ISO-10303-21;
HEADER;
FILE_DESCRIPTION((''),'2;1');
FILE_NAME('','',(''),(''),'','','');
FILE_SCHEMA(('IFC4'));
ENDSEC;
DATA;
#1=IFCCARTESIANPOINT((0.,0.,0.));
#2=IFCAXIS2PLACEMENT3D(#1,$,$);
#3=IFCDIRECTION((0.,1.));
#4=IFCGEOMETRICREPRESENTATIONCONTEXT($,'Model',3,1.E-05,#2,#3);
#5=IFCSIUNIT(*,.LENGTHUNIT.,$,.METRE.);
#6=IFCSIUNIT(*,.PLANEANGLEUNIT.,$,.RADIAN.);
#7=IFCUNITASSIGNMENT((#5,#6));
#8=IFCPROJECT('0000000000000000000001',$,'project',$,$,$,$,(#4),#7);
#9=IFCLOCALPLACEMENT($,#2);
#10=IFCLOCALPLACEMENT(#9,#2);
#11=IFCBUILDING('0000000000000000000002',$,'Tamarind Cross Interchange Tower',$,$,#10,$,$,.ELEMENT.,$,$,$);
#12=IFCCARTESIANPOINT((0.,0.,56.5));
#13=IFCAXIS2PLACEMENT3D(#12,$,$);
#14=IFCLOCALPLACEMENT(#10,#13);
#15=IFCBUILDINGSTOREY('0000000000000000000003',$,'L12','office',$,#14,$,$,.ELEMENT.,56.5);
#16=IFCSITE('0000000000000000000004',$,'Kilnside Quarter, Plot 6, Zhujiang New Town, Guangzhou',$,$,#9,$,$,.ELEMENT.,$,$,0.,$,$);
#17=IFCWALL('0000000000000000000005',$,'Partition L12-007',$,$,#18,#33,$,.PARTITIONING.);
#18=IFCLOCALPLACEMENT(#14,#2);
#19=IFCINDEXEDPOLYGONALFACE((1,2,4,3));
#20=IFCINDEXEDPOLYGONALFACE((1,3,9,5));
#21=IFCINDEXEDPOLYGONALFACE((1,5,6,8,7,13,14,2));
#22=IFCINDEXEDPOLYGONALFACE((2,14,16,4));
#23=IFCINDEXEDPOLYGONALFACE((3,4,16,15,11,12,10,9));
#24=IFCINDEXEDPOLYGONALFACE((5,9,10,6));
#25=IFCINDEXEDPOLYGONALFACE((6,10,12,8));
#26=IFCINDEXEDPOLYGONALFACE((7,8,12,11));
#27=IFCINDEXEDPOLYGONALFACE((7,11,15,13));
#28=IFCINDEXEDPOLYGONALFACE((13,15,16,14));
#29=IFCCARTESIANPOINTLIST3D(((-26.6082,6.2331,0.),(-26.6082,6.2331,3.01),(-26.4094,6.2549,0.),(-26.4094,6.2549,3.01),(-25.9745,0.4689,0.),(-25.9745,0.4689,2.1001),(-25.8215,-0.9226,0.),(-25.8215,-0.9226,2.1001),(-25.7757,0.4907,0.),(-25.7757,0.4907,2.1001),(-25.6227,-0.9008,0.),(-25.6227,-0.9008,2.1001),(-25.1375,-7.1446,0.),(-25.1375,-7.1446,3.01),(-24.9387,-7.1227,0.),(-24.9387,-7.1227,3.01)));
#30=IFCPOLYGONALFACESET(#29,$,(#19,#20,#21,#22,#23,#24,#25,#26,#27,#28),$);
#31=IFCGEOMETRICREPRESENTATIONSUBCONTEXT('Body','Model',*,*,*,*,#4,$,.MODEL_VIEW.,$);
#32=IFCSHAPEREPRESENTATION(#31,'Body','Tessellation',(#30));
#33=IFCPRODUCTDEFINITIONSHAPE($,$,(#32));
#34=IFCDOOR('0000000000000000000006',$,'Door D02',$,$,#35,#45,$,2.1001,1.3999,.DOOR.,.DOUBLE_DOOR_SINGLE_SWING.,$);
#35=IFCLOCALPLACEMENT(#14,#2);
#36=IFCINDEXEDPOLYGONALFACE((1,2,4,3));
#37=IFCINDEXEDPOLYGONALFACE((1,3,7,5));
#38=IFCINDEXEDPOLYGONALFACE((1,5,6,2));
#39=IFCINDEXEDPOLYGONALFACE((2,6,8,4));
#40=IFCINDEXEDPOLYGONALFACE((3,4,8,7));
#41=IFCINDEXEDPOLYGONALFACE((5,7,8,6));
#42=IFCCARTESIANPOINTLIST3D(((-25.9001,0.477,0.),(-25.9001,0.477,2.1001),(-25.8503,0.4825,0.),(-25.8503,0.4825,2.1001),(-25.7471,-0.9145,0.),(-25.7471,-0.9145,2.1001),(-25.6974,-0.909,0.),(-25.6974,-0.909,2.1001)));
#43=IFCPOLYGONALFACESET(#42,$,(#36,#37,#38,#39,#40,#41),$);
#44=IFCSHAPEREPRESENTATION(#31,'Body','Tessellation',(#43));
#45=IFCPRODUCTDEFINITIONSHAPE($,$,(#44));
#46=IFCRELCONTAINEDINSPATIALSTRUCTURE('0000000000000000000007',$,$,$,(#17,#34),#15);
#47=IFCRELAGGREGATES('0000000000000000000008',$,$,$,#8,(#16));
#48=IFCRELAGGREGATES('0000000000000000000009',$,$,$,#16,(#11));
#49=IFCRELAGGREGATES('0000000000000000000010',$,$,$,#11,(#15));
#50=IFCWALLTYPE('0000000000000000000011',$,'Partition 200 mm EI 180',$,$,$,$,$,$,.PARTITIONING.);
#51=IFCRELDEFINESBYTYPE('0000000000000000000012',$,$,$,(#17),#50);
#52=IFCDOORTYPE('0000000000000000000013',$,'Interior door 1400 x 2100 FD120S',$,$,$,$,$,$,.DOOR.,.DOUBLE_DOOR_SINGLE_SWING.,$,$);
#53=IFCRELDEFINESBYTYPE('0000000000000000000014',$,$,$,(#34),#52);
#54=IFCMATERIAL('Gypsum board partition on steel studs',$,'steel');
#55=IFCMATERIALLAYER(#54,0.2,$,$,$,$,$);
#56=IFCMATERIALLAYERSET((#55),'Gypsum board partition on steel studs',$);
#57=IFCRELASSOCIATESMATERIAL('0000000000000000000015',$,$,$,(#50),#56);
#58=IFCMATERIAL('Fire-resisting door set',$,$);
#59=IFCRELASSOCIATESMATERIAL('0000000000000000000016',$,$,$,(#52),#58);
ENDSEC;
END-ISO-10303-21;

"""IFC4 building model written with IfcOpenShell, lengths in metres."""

from ifc_helpers import new_model, si_unit, direction, frame, frame_2d, origin, place, context, subcontext, project, spatial, rectangle, extrude, material, layer, layer_set, type_object, element, fill, save


model = new_model("IFC4")

# Units and contexts
model_context = context("Model", 3, precision=1e-05, world=origin(), true_north=direction((0.0, 1.0)))
body_context = subcontext(model_context, "Body", "Model", "MODEL_VIEW")
ifc_project = project(units=[si_unit("LENGTHUNIT", "METRE"), si_unit("PLANEANGLEUNIT", "RADIAN")], contexts=[model_context])

# Site, building, storey
site_placement = place(None, origin())
site = spatial("IfcSite", under=ifc_project, at=site_placement, Name="Kilnside Quarter, Plot 6, Zhujiang New Town, Guangzhou", CompositionType="ELEMENT", RefElevation=0.0)
building_placement = place(site_placement, origin())
building = spatial("IfcBuilding", under=site, at=building_placement, Name="Tamarind Cross Interchange Tower", CompositionType="ELEMENT")
storey_placement = place(building_placement, frame((0.0, 0.0, 56.5)))
storey = spatial("IfcBuildingStorey", under=building, at=storey_placement, Name="L12", Description="office", CompositionType="ELEMENT", Elevation=56.5)

# Shared definitions
ifc_material_1 = material(Name="Gypsum board partition on steel studs", Category="steel")

# Shared definitions
ifc_material_2 = material(Name="Fire-resisting door set")

# Wall, opening, door
ifc_layer_1 = layer(ifc_material_1, 0.2)
ifc_layer_set_1 = layer_set([ifc_layer_1], Name="Gypsum board partition on steel studs")
wall_type_1 = type_object("IfcWallType", Name="Partition 200 mm EI 180", PredefinedType="PARTITIONING", material=ifc_layer_set_1)
wall_1_placement = place(storey_placement, frame((-26.5088, 6.2439, 0.0), z_axis=(0.0, 0.0, 1.0), x_axis=(0.109279, -0.994011, 0.0)))
wall_1 = element("IfcWall", 1, at=wall_1_placement, inside=storey, type_object=wall_type_1, Name="Partition L12-007", PredefinedType="PARTITIONING", context=body_context, shape_type="SweptSolid", body=[
    extrude(rectangle(XDim=13.4583, YDim=0.2, at=frame_2d((6.729, 0.0))), origin(), (0.0, 0.0, 1.0), 3.01),
])
opening_1_placement = place(wall_1_placement, frame((5.7988, 0.0, 0.0)))
opening_1 = element("IfcOpeningElement", 2, at=opening_1_placement, cuts=wall_1, PredefinedType="OPENING", context=body_context, shape_type="SweptSolid", body=[
    extrude(rectangle(XDim=1.3999, YDim=2.1001, at=frame_2d((0.7, 1.05))), frame((0.0, 0.1099, 0.0), z_axis=(0.0, -1.0, 0.0), x_axis=(1.0, 0.0, 0.0)), (0.0, 0.0, 1.0), 0.22),
])
door_type_1 = type_object("IfcDoorType", Name="Interior door 1400 x 2100 FD120S", OperationType="DOUBLE_DOOR_SINGLE_SWING", PredefinedType="DOOR", material=ifc_material_2)
door_1_placement = place(opening_1_placement, origin())
door_1 = element("IfcDoor", 3, at=door_1_placement, inside=storey, type_object=door_type_1, Name="Door D02", OperationType="DOUBLE_DOOR_SINGLE_SWING", OverallHeight=2.1001, OverallWidth=1.3999, PredefinedType="DOOR", context=body_context, shape_type="SweptSolid", body=[
    extrude(rectangle(XDim=1.3999, YDim=2.1001, at=frame_2d((0.7, 1.05))), frame((0.0, 0.0249, 0.0), z_axis=(0.0, -1.0, 0.0), x_axis=(1.0, 0.0, 0.0)), (0.0, 0.0, 1.0), 0.05),
])
fill(opening_1, door_1)

save(model, "model.ifc")
